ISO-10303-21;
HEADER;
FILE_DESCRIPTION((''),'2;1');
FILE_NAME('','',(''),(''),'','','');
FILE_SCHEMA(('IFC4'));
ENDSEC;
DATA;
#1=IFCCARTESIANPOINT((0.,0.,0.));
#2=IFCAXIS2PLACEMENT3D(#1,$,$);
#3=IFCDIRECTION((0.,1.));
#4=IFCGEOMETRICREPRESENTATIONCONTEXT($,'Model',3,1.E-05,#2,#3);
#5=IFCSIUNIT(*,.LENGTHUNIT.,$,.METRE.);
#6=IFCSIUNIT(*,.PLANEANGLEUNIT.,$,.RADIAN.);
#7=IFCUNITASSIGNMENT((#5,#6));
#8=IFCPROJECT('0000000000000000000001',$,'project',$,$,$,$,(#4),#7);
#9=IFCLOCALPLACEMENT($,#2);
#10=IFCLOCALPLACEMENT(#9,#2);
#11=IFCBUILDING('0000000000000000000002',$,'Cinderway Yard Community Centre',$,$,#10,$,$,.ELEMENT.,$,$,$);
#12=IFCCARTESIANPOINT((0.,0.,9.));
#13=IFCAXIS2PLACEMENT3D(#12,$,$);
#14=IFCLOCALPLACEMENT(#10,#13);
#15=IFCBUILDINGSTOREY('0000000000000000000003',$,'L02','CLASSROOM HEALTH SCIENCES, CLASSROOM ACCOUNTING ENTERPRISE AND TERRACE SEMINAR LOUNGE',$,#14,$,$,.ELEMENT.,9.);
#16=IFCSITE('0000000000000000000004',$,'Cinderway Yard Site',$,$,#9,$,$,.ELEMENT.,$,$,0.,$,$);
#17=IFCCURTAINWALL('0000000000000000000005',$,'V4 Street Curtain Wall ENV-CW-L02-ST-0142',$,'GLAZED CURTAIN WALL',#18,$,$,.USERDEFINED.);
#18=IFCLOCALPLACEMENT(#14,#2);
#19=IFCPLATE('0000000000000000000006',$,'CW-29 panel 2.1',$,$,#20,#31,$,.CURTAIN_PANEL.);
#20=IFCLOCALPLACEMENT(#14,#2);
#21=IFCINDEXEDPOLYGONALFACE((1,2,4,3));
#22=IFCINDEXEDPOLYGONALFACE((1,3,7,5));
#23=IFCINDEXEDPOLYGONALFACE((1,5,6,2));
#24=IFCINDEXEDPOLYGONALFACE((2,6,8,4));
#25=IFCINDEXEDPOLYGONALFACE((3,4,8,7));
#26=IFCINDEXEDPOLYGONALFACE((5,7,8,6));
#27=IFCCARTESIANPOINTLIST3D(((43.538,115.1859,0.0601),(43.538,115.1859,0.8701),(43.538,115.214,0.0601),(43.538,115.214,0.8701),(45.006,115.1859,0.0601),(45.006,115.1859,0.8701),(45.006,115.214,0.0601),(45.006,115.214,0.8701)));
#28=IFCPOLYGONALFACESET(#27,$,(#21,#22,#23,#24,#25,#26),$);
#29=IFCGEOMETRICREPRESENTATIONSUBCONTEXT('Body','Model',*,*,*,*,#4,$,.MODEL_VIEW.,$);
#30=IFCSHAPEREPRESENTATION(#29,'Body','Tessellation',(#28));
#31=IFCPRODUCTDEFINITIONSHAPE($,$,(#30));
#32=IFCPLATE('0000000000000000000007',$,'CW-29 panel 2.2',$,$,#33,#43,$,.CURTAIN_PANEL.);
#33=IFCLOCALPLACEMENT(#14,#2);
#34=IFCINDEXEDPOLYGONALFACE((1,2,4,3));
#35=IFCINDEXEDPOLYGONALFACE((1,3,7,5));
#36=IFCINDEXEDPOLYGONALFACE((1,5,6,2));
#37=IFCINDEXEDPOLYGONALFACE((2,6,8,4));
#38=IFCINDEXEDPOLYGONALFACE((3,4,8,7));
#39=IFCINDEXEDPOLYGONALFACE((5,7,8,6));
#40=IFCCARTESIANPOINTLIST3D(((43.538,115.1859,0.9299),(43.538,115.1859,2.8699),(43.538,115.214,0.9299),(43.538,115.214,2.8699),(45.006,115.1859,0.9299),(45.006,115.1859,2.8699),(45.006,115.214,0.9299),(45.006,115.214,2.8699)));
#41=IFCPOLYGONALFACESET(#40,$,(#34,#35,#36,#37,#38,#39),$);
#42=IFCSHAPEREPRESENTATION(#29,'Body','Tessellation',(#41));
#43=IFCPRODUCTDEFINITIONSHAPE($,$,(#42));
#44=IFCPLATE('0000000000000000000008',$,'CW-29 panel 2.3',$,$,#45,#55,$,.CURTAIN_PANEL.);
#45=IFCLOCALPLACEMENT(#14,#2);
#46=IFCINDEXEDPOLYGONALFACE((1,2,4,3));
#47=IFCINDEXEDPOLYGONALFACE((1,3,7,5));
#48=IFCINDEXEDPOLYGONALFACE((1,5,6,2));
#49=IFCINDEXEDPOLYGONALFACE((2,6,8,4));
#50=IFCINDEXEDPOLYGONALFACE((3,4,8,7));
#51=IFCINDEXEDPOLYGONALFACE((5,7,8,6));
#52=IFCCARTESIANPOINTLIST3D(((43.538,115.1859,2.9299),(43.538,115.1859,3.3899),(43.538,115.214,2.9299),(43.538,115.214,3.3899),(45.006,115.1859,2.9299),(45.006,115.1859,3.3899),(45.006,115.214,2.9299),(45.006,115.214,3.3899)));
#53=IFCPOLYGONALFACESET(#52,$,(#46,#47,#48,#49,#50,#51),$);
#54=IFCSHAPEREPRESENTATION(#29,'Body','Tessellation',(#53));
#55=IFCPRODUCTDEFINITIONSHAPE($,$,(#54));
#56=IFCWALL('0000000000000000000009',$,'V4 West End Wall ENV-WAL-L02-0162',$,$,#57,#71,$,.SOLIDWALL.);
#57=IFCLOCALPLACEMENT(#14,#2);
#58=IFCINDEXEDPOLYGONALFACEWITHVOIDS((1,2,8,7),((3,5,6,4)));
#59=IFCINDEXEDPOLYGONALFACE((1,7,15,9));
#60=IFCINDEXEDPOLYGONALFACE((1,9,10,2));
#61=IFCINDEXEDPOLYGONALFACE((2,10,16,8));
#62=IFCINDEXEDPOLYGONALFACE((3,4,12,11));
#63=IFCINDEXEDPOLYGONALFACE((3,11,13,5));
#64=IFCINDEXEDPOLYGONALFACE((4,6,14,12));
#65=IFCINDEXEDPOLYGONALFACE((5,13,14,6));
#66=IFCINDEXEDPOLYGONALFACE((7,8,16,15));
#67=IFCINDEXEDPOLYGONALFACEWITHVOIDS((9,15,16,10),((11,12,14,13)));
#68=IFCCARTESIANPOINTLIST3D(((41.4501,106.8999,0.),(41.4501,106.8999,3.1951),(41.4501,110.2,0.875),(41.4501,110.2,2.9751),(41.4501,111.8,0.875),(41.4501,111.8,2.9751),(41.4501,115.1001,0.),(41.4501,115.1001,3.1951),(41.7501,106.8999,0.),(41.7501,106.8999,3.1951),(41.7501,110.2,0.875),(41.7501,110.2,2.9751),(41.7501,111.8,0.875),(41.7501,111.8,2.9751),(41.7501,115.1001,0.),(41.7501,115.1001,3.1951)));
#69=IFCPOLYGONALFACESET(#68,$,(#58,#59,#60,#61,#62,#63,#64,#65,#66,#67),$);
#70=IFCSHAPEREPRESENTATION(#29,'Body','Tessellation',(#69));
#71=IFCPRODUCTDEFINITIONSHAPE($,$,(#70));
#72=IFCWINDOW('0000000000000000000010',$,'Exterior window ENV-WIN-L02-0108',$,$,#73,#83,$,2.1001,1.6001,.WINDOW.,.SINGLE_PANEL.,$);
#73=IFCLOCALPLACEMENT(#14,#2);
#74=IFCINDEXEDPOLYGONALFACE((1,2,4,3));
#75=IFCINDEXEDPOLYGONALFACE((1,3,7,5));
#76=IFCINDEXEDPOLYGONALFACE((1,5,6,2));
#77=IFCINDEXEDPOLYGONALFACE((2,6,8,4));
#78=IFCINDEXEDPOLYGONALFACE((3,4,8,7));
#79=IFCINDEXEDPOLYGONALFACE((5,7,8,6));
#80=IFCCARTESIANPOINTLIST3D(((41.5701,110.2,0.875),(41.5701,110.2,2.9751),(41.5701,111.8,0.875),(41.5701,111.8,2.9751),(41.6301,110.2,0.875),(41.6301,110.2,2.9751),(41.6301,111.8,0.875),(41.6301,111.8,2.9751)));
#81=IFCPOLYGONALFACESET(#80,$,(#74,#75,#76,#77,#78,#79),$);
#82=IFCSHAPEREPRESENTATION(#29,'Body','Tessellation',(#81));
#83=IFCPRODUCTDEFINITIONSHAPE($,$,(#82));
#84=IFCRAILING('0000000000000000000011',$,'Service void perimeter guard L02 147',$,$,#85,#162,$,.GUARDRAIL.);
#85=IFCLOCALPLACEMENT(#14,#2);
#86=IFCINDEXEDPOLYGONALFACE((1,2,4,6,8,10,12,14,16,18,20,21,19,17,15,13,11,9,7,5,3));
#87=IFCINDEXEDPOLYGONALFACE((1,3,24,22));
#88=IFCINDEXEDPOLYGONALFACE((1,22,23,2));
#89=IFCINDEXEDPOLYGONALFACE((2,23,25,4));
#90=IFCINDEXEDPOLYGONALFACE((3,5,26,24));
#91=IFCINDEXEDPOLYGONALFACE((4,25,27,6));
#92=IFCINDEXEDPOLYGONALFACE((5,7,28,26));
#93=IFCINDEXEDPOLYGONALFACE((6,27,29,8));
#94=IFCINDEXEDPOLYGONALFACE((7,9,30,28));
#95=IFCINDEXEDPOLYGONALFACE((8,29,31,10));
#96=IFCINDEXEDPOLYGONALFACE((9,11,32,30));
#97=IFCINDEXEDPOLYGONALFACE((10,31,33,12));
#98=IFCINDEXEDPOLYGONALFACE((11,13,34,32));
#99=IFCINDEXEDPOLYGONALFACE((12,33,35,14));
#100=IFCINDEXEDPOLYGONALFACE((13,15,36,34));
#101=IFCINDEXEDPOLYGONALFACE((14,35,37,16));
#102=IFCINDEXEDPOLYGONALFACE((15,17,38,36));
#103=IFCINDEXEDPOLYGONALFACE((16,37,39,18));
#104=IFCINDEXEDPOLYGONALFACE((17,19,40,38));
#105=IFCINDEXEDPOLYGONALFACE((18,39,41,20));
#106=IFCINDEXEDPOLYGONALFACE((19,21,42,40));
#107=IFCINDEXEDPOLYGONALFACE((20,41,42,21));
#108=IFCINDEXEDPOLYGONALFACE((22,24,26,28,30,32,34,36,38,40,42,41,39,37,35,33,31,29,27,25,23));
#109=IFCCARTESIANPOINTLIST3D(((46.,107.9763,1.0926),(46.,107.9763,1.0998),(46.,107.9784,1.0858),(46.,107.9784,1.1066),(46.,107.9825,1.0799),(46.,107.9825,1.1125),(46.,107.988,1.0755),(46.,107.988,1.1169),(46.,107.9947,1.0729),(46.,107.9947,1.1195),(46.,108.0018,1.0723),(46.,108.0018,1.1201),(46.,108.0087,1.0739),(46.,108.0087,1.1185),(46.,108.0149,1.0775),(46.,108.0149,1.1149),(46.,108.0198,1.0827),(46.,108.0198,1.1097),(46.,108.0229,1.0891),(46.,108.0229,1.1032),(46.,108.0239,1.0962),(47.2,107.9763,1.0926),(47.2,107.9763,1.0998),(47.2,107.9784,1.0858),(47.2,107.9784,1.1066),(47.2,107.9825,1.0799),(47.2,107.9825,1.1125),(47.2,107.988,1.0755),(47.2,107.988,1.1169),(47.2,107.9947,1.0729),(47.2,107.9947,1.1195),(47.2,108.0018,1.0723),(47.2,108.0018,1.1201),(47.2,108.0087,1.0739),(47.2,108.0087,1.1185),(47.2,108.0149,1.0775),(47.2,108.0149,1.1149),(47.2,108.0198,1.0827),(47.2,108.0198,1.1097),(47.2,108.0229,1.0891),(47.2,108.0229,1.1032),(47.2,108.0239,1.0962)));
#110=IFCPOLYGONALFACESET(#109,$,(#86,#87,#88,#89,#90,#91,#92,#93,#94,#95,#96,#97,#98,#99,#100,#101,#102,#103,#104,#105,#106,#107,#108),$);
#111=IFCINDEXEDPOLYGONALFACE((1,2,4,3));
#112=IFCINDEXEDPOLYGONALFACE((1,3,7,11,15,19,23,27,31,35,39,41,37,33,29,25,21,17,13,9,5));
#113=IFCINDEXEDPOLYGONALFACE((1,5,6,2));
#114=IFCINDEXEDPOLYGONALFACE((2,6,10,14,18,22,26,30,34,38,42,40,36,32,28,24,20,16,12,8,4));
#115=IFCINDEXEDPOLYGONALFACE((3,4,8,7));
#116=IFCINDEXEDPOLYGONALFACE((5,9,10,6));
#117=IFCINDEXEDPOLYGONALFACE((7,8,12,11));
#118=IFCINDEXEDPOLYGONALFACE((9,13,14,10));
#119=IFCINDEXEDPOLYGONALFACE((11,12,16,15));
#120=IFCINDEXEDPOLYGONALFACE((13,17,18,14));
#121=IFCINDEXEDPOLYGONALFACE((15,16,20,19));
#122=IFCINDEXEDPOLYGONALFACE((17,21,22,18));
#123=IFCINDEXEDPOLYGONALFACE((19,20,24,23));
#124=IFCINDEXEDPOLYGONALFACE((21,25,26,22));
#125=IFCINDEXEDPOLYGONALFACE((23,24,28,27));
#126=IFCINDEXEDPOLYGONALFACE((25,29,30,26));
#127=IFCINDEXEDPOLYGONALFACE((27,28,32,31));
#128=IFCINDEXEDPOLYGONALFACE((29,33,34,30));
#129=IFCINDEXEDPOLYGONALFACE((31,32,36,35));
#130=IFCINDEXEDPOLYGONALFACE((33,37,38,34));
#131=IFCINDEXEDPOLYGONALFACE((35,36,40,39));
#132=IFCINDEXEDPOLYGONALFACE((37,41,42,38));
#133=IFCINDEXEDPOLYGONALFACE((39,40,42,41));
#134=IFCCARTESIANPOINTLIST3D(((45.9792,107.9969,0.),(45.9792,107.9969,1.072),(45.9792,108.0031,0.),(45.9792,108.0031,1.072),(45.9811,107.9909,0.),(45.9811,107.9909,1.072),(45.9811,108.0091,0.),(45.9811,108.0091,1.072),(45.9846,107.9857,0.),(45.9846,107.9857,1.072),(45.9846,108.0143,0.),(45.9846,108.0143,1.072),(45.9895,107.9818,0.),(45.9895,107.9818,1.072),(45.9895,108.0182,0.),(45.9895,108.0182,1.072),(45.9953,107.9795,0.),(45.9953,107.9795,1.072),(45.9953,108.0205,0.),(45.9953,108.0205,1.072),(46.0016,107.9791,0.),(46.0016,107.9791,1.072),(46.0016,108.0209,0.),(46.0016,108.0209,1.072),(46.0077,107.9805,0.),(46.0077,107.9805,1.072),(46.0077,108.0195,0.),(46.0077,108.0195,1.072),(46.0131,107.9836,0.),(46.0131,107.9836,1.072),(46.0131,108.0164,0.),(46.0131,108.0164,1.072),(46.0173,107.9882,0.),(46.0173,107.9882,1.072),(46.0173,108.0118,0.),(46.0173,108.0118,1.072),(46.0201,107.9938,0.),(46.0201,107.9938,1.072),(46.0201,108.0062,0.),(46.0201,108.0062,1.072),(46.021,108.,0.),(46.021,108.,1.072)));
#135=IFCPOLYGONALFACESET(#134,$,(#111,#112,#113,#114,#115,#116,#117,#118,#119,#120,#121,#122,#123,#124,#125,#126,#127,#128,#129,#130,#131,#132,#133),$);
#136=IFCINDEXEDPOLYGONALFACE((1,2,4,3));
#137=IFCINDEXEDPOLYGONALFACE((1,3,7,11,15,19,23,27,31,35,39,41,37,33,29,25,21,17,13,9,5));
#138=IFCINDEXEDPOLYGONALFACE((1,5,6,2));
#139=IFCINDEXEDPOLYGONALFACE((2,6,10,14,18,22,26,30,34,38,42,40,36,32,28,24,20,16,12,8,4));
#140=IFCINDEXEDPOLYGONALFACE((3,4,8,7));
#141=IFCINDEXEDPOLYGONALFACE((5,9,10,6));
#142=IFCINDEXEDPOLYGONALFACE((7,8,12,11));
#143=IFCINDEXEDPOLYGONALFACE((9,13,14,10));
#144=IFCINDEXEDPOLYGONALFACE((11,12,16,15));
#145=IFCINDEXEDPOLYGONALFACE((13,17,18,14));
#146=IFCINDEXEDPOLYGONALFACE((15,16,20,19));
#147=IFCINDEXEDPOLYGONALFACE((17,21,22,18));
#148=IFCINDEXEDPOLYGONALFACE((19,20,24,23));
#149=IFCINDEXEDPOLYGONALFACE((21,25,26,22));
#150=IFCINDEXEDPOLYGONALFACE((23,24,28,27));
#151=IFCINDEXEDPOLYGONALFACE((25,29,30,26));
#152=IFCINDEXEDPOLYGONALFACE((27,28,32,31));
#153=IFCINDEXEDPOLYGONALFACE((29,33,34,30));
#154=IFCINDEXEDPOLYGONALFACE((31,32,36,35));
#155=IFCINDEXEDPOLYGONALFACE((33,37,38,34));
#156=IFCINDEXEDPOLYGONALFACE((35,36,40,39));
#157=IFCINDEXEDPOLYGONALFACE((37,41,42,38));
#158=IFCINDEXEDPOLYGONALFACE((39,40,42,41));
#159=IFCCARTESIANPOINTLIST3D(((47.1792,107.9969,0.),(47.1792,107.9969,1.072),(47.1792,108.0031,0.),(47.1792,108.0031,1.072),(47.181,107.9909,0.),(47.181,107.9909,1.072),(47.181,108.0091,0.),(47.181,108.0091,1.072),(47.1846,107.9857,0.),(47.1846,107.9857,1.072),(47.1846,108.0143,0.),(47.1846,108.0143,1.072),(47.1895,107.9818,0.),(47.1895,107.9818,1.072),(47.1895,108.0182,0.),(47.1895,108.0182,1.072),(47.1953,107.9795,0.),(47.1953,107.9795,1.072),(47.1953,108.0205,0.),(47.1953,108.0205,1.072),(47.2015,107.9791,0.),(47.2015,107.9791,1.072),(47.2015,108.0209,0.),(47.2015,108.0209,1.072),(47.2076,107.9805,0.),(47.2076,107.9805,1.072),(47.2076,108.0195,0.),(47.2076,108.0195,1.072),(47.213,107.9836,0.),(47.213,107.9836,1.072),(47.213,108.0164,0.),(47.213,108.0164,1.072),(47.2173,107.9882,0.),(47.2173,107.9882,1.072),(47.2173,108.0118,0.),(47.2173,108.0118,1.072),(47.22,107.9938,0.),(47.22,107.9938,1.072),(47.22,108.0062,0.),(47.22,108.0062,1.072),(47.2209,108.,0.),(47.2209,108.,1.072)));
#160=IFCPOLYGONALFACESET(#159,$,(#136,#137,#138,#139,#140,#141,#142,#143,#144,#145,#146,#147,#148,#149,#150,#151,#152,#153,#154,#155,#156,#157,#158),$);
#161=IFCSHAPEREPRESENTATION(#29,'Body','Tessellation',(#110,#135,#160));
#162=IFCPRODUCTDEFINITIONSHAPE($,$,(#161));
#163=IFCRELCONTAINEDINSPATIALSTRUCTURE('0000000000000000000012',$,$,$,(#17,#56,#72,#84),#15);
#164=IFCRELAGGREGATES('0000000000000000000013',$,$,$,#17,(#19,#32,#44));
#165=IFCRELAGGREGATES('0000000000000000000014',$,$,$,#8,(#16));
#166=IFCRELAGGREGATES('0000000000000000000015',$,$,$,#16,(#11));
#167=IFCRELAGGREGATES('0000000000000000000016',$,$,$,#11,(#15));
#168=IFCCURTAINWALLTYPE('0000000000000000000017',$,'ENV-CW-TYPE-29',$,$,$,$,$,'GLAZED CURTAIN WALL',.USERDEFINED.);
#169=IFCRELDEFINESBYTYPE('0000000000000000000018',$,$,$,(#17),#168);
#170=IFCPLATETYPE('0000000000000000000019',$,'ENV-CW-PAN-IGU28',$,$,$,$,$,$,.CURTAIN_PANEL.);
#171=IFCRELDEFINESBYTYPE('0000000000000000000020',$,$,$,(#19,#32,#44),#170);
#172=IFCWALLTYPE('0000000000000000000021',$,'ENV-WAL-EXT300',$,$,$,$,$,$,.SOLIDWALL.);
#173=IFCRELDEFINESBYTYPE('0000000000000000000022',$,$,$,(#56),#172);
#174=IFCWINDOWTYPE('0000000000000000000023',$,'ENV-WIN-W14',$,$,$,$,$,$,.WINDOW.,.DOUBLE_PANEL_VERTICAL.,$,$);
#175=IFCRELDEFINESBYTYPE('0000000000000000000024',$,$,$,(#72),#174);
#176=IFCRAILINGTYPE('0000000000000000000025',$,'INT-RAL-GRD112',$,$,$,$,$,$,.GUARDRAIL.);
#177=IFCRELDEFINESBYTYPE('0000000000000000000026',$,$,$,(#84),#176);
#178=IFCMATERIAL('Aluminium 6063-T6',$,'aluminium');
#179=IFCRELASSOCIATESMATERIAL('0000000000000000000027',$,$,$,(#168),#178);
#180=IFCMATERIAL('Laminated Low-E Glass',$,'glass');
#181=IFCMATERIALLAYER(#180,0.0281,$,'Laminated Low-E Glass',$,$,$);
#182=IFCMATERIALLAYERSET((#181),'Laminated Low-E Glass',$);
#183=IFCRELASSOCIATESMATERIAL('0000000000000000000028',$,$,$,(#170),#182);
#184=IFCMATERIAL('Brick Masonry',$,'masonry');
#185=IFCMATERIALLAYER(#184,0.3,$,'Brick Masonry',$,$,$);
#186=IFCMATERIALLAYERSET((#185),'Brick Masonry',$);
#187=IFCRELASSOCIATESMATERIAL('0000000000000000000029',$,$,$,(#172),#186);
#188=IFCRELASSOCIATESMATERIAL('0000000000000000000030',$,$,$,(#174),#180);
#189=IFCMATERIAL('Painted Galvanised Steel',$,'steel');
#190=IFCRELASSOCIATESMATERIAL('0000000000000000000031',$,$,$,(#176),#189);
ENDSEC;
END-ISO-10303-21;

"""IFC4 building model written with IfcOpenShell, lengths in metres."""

from ifc_helpers import new_model, si_unit, direction, frame, frame_2d, origin, origin_2d, place, context, subcontext, project, spatial, rectangle, circle, extrude, material, layer, layer_set, type_object, element, fill, aggregate, save


model = new_model("IFC4")

# Units and contexts
model_context = context("Model", 3, precision=1e-05, world=origin(), true_north=direction((0.0, 1.0)))
body_context = subcontext(model_context, "Body", "Model", "MODEL_VIEW")
ifc_project = project(units=[si_unit("LENGTHUNIT", "METRE"), si_unit("PLANEANGLEUNIT", "RADIAN")], contexts=[model_context])

# Site, building, storey
site_placement = place(None, origin())
site = spatial("IfcSite", under=ifc_project, at=site_placement, Name="Cinderway Yard Site", CompositionType="ELEMENT", RefElevation=0.0)
building_placement = place(site_placement, origin())
building = spatial("IfcBuilding", under=site, at=building_placement, Name="Cinderway Yard Community Centre", CompositionType="ELEMENT")
storey_placement = place(building_placement, frame((0.0, 0.0, 9.0)))
storey = spatial("IfcBuildingStorey", under=building, at=storey_placement, Name="L02", Description="CLASSROOM HEALTH SCIENCES, CLASSROOM ACCOUNTING ENTERPRISE AND TERRACE SEMINAR LOUNGE", CompositionType="ELEMENT", Elevation=9.0)

# Curtain wall
ifc_material_1 = material(Name="Aluminium 6063-T6", Category="aluminium")
curtain_wall_type = type_object("IfcCurtainWallType", Name="ENV-CW-TYPE-29", ElementType="GLAZED CURTAIN WALL", PredefinedType="USERDEFINED", material=ifc_material_1)
curtain_wall_placement = place(storey_placement, origin())
curtain_wall = element("IfcCurtainWall", 1, at=curtain_wall_placement, inside=storey, type_object=curtain_wall_type, Name="V4 Street Curtain Wall ENV-CW-L02-ST-0142", ObjectType="GLAZED CURTAIN WALL", PredefinedType="USERDEFINED")

# Plates
ifc_material_2 = material(Name="Laminated Low-E Glass", Category="glass")
ifc_layer_1 = layer(ifc_material_2, 0.0281, Name="Laminated Low-E Glass")
ifc_layer_set_1 = layer_set([ifc_layer_1], Name="Laminated Low-E Glass")
plate_type = type_object("IfcPlateType", Name="ENV-CW-PAN-IGU28", PredefinedType="CURTAIN_PANEL", material=ifc_layer_set_1)
plate_1_placement = place(storey_placement, frame((44.272, 115.2, 0.0601), z_axis=(0.0, 0.0, 1.0), x_axis=(1.0, 0.0, 0.0)))
plate_1 = element("IfcPlate", 2, at=plate_1_placement, type_object=plate_type, Name="CW-29 panel 2.1", PredefinedType="CURTAIN_PANEL", context=body_context, shape_type="SweptSolid", body=[
    extrude(rectangle(XDim=1.468, YDim=0.0281, at=origin_2d()), origin(), (0.0, 0.0, 1.0), 0.8101),
])
plate_2_placement = place(storey_placement, frame((44.272, 115.2, 0.9299), z_axis=(0.0, 0.0, 1.0), x_axis=(1.0, 0.0, 0.0)))
plate_2 = element("IfcPlate", 3, at=plate_2_placement, type_object=plate_type, Name="CW-29 panel 2.2", PredefinedType="CURTAIN_PANEL", context=body_context, shape_type="SweptSolid", body=[
    extrude(rectangle(XDim=1.468, YDim=0.0281, at=origin_2d()), origin(), (0.0, 0.0, 1.0), 1.9399),
])
plate_3_placement = place(storey_placement, frame((44.272, 115.2, 2.9299), z_axis=(0.0, 0.0, 1.0), x_axis=(1.0, 0.0, 0.0)))
plate_3 = element("IfcPlate", 4, at=plate_3_placement, type_object=plate_type, Name="CW-29 panel 2.3", PredefinedType="CURTAIN_PANEL", context=body_context, shape_type="SweptSolid", body=[
    extrude(rectangle(XDim=1.468, YDim=0.0281, at=origin_2d()), origin(), (0.0, 0.0, 1.0), 0.46),
])
aggregate(curtain_wall, [plate_1, plate_2, plate_3])

# Wall, opening, window
ifc_material_3 = material(Name="Brick Masonry", Category="masonry")
ifc_layer_2 = layer(ifc_material_3, 0.3, Name="Brick Masonry")
ifc_layer_set_2 = layer_set([ifc_layer_2], Name="Brick Masonry")
wall_type = type_object("IfcWallType", Name="ENV-WAL-EXT300", PredefinedType="SOLIDWALL", material=ifc_layer_set_2)
wall_placement = place(storey_placement, frame((41.6001, 106.8999, 0.0), z_axis=(0.0, 0.0, 1.0), x_axis=(0.0, 1.0, 0.0)))
wall = element("IfcWall", 5, at=wall_placement, inside=storey, type_object=wall_type, Name="V4 West End Wall ENV-WAL-L02-0162", PredefinedType="SOLIDWALL", context=body_context, shape_type="SweptSolid", body=[
    extrude(rectangle(XDim=8.2002, YDim=0.3, at=frame_2d((4.1001, 0.0))), origin(), (0.0, 0.0, 1.0), 3.1951),
])
opening_placement = place(wall_placement, frame((3.3, 0.0, 0.875)))
opening = element("IfcOpeningElement", 6, at=opening_placement, cuts=wall, PredefinedType="OPENING", context=body_context, shape_type="SweptSolid", body=[
    extrude(rectangle(XDim=1.6001, YDim=2.1001, at=frame_2d((0.8, 1.05))), frame((0.0, 0.1599, 0.0), z_axis=(0.0, -1.0, 0.0), x_axis=(1.0, 0.0, 0.0)), (0.0, 0.0, 1.0), 0.3201),
])
window_type = type_object("IfcWindowType", Name="ENV-WIN-W14", PartitioningType="DOUBLE_PANEL_VERTICAL", PredefinedType="WINDOW", material=ifc_material_2)
window_placement = place(opening_placement, origin())
window = element("IfcWindow", 7, at=window_placement, inside=storey, type_object=window_type, Name="Exterior window ENV-WIN-L02-0108", OverallHeight=2.1001, OverallWidth=1.6001, PartitioningType="SINGLE_PANEL", PredefinedType="WINDOW", context=body_context, shape_type="SweptSolid", body=[
    extrude(rectangle(XDim=1.6001, YDim=2.1001, at=frame_2d((0.8, 1.05))), frame((0.0, 0.03, 0.0), z_axis=(0.0, -1.0, 0.0), x_axis=(1.0, 0.0, 0.0)), (0.0, 0.0, 1.0), 0.0601),
])
fill(opening, window)

# Railing
ifc_material_4 = material(Name="Painted Galvanised Steel", Category="steel")
railing_type = type_object("IfcRailingType", Name="INT-RAL-GRD112", PredefinedType="GUARDRAIL", material=ifc_material_4)
railing_1_placement = place(storey_placement, frame((46.0, 108.0, 0.0)))
element("IfcRailing", 8, at=railing_1_placement, inside=storey, type_object=railing_type, Name="Service void perimeter guard L02 147", PredefinedType="GUARDRAIL", context=body_context, shape_type="SweptSolid", body=[
    extrude(circle(Radius=0.0239, at=origin_2d()), frame((0.0, 0.0, 1.0962), z_axis=(1.0, 0.0, 0.0), x_axis=(0.0, 1.0, 0.0)), (0.0, 0.0, 1.0), 1.2),
    extrude(circle(Radius=0.021, at=origin_2d()), origin(), (0.0, 0.0, 1.0), 1.072),
    extrude(circle(Radius=0.021, at=origin_2d()), frame((1.2, 0.0, 0.0)), (0.0, 0.0, 1.0), 1.072),
])

save(model, "model.ifc")
